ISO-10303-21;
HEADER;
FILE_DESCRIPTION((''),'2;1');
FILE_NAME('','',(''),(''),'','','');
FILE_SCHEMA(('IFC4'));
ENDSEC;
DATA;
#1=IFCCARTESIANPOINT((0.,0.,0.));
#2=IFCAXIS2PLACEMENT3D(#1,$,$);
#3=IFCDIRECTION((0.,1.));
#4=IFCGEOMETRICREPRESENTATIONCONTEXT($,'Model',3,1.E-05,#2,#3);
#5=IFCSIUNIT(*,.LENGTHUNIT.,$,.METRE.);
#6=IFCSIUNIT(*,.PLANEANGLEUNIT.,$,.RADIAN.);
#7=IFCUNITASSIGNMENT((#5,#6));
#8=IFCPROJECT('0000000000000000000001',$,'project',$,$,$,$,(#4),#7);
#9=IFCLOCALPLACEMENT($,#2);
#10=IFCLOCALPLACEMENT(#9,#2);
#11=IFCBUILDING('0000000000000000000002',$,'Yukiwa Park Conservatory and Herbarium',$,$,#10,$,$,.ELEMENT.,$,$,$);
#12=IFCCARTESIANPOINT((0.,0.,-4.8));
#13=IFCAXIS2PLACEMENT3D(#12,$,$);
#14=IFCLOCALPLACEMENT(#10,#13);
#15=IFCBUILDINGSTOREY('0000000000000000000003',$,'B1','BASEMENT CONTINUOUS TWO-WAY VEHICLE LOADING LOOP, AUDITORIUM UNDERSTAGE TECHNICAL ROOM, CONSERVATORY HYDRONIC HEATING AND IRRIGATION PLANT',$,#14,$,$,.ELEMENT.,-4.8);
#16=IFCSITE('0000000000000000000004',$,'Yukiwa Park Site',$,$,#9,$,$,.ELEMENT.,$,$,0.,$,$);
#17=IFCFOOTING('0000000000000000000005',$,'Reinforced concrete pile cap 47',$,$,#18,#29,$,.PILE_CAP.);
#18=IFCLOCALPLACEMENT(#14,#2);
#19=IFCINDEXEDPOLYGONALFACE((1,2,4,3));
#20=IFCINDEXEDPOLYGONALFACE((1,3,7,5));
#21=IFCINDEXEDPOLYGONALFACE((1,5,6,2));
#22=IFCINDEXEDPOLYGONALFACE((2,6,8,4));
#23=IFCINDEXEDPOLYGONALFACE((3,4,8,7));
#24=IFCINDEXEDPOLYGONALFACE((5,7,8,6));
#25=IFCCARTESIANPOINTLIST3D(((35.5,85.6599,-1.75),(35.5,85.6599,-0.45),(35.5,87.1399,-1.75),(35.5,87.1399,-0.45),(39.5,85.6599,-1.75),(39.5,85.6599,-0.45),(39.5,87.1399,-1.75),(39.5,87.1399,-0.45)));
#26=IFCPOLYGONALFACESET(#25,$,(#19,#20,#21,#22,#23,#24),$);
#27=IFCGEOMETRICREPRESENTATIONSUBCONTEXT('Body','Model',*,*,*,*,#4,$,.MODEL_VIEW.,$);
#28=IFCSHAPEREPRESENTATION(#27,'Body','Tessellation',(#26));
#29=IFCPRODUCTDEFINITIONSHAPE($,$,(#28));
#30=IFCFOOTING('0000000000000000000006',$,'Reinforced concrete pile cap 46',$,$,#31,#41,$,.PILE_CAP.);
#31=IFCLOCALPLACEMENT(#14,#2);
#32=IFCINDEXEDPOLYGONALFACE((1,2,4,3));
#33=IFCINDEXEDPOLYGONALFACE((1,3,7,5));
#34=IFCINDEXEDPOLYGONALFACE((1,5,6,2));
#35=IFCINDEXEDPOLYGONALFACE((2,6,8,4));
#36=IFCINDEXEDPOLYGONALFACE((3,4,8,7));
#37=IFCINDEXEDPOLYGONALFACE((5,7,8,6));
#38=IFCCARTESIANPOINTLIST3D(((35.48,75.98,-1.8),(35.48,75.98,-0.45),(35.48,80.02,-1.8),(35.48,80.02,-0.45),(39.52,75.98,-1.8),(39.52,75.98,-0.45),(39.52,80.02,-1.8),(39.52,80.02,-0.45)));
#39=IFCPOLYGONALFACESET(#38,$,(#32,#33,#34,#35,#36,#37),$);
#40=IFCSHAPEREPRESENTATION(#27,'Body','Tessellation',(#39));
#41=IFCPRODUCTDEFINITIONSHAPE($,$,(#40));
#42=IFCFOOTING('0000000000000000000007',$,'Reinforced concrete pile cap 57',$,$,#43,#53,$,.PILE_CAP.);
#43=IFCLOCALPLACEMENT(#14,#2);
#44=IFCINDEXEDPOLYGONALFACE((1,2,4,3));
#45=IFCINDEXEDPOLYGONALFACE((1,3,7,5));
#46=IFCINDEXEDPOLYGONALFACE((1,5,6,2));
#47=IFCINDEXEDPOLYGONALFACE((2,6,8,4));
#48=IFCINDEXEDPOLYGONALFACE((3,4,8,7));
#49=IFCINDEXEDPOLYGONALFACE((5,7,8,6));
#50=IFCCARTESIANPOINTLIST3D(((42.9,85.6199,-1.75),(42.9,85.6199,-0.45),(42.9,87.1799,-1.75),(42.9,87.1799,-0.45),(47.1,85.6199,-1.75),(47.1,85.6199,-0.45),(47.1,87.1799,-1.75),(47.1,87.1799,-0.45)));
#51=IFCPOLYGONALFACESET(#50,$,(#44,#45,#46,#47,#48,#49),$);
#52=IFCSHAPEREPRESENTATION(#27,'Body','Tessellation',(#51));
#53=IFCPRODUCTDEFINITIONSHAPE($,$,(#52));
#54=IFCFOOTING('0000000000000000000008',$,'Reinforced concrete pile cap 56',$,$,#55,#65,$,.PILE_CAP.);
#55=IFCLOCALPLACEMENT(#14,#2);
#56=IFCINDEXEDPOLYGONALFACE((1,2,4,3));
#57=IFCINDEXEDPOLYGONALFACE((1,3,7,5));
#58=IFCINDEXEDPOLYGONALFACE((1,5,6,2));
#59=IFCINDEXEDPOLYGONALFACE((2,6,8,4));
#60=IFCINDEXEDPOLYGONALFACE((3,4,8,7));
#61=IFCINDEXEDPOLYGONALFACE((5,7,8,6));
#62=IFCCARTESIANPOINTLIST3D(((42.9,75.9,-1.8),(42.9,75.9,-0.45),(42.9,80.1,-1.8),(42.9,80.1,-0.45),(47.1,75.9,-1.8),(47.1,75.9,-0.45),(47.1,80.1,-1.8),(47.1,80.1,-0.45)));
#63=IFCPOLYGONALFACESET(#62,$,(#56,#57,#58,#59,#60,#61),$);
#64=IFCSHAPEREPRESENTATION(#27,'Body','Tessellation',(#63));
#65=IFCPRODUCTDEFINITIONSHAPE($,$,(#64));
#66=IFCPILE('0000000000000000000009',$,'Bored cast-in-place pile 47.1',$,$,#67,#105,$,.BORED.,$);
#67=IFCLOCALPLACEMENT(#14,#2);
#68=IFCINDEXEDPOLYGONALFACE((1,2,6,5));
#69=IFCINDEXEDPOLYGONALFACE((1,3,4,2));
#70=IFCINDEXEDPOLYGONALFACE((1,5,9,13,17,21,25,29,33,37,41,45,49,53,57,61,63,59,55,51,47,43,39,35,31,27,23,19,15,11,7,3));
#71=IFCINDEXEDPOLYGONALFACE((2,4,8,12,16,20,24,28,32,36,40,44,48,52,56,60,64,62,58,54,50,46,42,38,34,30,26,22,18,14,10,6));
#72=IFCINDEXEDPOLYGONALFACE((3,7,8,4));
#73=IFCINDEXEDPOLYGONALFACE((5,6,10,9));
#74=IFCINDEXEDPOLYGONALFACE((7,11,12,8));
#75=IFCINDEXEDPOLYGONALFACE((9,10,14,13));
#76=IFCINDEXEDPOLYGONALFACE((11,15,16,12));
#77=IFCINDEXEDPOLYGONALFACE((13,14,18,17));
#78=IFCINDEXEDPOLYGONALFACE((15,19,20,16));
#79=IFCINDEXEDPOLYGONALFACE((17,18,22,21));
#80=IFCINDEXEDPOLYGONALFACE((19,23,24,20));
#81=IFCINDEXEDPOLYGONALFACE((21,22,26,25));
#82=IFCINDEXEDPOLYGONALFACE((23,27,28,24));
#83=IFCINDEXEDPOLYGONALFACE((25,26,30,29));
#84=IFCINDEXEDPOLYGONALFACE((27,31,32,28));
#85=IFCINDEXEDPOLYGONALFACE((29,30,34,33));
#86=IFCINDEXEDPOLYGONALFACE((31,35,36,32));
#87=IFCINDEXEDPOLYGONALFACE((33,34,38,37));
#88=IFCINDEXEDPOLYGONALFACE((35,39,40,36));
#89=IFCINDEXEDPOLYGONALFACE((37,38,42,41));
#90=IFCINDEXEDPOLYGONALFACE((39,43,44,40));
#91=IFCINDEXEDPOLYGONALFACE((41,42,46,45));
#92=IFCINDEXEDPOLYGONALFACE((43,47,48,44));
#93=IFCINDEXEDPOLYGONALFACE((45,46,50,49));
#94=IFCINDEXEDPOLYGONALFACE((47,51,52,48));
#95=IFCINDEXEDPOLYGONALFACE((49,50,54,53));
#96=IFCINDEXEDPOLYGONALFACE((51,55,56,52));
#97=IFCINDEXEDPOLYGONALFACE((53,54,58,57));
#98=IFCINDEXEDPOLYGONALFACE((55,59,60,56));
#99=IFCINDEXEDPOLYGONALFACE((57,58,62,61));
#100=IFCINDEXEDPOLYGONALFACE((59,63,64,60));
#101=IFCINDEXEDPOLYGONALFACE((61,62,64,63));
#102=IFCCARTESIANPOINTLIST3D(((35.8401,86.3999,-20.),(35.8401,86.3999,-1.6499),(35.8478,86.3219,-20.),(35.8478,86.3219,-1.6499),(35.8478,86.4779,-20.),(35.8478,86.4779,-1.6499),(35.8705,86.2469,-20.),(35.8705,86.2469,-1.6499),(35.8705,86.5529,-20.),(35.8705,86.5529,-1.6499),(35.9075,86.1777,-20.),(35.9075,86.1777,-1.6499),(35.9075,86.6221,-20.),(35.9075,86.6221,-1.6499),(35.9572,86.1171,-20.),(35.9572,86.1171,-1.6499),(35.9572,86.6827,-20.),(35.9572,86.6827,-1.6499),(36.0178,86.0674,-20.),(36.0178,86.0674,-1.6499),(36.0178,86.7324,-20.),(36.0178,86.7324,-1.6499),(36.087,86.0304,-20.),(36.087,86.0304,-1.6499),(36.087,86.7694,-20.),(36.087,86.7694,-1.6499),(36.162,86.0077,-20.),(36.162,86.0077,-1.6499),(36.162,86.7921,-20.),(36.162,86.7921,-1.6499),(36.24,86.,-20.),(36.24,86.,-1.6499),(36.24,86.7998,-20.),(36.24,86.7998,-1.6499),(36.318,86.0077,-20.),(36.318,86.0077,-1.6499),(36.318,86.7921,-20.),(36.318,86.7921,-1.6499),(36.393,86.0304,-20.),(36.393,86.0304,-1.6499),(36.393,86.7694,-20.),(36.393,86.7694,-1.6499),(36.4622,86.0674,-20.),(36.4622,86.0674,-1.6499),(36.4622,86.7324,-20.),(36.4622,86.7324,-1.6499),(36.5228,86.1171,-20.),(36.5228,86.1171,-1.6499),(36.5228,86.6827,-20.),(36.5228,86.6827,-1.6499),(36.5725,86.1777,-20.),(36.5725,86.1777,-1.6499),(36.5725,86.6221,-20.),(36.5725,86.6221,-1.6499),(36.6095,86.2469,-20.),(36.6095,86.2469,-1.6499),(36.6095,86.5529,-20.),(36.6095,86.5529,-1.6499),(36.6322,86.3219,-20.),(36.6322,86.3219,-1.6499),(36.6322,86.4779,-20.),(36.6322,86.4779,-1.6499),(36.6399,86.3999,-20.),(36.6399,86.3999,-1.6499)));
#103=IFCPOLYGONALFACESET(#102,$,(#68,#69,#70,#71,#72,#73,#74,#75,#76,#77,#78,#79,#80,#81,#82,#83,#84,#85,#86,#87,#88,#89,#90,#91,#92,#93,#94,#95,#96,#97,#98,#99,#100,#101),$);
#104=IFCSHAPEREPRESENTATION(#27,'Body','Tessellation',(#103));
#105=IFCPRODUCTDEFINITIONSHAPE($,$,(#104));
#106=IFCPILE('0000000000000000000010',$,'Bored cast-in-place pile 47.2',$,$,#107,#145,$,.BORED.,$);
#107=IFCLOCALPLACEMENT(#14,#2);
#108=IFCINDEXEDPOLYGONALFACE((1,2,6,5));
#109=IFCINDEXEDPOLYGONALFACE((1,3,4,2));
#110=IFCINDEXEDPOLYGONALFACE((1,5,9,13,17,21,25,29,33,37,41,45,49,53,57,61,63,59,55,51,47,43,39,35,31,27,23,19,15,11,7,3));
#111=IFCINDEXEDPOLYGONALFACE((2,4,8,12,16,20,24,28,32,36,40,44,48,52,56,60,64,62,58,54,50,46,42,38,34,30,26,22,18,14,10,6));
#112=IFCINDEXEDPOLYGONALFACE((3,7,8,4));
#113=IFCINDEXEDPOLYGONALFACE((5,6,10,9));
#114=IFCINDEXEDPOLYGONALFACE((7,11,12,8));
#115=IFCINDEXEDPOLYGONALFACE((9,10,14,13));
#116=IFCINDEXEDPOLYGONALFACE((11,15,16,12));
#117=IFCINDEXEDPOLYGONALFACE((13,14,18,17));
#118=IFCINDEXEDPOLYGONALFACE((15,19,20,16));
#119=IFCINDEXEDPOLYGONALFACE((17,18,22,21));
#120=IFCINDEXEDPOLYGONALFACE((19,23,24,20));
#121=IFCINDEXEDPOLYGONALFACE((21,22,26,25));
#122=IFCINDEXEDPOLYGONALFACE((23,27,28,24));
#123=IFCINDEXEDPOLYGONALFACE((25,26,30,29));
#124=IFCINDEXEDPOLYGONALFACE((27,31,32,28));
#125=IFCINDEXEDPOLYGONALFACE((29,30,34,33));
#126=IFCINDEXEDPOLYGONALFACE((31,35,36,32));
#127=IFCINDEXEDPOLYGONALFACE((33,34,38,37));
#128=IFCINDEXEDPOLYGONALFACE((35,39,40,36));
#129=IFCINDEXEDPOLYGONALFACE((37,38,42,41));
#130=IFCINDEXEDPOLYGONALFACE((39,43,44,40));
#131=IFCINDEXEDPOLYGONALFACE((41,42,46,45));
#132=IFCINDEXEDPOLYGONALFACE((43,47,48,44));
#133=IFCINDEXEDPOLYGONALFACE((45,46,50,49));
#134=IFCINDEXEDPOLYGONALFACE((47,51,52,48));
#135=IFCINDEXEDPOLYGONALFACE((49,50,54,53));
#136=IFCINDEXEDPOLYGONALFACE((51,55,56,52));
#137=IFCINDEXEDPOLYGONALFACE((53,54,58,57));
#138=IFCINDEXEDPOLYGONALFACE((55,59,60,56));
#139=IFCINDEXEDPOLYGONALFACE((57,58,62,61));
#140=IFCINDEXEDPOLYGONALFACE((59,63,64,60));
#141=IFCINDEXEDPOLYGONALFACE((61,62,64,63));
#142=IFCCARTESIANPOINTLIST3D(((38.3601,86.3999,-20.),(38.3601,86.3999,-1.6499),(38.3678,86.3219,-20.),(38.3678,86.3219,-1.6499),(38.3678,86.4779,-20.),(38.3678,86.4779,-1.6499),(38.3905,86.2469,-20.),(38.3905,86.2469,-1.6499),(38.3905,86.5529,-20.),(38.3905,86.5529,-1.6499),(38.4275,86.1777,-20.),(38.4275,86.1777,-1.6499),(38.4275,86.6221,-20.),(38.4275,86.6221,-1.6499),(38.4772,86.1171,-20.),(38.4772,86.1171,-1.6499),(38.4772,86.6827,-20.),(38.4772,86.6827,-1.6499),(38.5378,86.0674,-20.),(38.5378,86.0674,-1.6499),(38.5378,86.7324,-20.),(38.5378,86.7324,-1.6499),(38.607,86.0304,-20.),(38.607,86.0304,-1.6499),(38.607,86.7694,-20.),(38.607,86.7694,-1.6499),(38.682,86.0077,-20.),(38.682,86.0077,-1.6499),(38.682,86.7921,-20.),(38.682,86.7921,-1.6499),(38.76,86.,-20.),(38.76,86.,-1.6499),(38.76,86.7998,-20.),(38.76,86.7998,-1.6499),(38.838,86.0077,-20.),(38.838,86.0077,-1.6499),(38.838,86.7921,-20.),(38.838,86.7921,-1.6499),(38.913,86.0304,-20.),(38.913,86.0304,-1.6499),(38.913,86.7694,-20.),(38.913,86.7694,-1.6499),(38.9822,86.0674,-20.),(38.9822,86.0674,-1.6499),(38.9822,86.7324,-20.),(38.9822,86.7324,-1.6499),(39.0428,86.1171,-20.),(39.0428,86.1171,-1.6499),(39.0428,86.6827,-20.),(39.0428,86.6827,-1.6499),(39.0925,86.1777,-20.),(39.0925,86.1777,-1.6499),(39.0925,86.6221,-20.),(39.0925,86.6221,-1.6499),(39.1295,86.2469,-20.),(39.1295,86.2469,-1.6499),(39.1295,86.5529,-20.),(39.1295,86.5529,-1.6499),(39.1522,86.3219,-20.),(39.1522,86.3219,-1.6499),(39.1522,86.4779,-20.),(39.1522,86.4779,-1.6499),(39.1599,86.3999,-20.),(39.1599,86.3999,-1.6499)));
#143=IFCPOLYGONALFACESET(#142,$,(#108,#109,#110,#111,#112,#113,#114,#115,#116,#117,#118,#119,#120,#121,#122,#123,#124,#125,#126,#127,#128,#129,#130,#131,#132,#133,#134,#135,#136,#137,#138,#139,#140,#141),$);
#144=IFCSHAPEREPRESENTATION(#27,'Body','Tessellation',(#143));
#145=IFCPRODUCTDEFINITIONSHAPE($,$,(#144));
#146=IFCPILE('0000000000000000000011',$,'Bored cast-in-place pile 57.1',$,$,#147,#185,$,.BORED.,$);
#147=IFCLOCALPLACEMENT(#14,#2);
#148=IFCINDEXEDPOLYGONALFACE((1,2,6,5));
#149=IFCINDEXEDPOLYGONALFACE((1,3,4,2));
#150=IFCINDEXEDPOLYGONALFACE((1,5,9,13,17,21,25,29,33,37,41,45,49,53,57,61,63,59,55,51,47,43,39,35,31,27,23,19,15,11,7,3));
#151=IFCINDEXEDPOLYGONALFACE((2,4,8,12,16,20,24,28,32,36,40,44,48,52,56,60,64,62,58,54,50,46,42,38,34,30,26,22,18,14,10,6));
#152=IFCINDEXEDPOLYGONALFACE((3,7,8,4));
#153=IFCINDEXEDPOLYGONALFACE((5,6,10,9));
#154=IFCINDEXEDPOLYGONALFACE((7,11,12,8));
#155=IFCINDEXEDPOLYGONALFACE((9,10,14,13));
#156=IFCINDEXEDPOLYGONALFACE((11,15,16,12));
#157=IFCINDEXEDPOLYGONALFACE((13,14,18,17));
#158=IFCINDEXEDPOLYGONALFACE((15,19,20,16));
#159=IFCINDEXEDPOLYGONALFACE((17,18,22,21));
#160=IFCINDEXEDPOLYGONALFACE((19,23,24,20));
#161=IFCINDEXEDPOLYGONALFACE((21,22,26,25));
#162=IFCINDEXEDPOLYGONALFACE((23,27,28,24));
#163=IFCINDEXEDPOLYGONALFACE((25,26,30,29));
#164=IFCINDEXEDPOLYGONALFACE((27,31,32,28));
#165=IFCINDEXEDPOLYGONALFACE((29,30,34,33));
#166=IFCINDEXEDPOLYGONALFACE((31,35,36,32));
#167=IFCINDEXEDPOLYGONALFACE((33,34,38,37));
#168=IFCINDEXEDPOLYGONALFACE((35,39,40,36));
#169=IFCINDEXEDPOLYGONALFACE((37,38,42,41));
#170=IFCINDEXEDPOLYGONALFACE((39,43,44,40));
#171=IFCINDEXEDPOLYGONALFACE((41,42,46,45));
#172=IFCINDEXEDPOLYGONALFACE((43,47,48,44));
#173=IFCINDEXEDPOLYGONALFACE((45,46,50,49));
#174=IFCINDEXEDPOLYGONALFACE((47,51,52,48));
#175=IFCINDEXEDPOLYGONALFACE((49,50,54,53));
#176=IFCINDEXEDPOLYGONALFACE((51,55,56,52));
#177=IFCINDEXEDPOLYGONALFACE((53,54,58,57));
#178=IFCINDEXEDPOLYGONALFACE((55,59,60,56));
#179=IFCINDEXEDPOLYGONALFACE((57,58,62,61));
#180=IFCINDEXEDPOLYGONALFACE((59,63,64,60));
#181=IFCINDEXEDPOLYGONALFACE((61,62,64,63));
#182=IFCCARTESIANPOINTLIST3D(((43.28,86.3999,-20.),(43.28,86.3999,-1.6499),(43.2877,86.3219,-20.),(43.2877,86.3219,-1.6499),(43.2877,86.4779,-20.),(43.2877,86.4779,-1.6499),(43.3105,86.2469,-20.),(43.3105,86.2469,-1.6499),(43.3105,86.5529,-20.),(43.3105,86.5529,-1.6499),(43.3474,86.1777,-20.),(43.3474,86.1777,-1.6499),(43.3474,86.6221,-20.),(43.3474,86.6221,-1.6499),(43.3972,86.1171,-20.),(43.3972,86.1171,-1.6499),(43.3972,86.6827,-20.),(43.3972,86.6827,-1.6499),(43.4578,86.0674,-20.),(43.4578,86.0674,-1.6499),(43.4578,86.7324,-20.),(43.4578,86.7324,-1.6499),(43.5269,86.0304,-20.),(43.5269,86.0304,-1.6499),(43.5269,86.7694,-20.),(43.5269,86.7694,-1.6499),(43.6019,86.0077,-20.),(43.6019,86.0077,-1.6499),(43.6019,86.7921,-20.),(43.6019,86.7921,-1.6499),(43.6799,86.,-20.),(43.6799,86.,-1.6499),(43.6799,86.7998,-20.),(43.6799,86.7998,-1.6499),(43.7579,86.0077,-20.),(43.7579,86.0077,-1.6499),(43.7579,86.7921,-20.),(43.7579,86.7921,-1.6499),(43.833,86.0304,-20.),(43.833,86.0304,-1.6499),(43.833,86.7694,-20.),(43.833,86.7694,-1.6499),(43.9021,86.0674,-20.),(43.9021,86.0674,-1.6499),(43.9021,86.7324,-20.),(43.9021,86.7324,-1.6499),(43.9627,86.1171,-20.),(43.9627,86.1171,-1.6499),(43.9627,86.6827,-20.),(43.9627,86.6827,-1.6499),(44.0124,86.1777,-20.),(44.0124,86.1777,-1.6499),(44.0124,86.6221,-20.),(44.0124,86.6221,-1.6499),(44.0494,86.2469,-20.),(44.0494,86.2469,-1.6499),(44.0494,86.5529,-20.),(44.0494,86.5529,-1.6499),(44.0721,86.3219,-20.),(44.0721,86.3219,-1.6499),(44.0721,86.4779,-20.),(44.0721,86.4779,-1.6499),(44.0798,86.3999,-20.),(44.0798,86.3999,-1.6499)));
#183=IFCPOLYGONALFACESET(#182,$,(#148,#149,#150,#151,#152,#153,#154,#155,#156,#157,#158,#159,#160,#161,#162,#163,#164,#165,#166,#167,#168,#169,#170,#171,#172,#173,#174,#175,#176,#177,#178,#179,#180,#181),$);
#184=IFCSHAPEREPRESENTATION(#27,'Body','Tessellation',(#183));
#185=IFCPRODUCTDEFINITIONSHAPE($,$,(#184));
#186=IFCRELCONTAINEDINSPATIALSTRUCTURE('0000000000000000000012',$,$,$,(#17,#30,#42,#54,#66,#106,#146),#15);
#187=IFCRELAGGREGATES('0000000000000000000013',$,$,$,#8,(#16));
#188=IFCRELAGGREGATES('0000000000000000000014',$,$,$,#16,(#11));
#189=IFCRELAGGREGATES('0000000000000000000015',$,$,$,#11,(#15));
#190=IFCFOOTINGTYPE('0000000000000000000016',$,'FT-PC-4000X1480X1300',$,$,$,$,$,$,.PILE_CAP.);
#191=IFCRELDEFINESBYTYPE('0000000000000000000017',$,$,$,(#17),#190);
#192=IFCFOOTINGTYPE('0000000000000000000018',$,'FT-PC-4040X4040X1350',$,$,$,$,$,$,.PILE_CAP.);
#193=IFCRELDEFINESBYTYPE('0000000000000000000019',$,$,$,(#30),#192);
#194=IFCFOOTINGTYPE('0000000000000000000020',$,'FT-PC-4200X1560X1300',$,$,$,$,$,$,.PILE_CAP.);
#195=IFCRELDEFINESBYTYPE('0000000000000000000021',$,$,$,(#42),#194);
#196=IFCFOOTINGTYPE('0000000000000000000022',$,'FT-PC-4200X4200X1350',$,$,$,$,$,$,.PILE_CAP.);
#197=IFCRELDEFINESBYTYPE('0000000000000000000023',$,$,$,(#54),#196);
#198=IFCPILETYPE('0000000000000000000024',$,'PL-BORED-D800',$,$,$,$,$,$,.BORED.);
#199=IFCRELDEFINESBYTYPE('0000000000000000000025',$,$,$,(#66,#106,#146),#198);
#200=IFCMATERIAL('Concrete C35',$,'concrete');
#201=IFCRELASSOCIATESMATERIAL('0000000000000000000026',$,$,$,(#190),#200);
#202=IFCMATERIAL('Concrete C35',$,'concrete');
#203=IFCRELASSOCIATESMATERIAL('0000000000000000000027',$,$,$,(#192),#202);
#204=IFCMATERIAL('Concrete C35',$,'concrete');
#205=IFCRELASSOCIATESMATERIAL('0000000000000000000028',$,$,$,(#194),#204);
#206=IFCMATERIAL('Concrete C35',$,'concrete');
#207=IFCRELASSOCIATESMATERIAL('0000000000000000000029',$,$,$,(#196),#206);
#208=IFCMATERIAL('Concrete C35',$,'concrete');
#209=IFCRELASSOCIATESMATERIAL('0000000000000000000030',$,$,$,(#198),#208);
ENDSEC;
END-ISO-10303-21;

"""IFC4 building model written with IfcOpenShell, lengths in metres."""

from ifc_helpers import new_model, si_unit, direction, frame, origin, origin_2d, place, context, subcontext, project, spatial, rectangle, circle, extrude, material, material_profile, profile_set, type_object, element, save


model = new_model("IFC4")

# Units and contexts
model_context = context("Model", 3, precision=1e-05, world=origin(), true_north=direction((0.0, 1.0)))
body_context = subcontext(model_context, "Body", "Model", "MODEL_VIEW")
ifc_project = project(units=[si_unit("LENGTHUNIT", "METRE"), si_unit("PLANEANGLEUNIT", "RADIAN")], contexts=[model_context])

# Site, building, storey
site_placement = place(None, origin())
site = spatial("IfcSite", under=ifc_project, at=site_placement, Name="Yukiwa Park Site", CompositionType="ELEMENT", RefElevation=0.0)
building_placement = place(site_placement, origin())
building = spatial("IfcBuilding", under=site, at=building_placement, Name="Yukiwa Park Conservatory and Herbarium", CompositionType="ELEMENT")
storey_placement = place(building_placement, frame((0.0, 0.0, -4.8)))
storey = spatial("IfcBuildingStorey", under=building, at=storey_placement, Name="B1", Description="BASEMENT CONTINUOUS TWO-WAY VEHICLE LOADING LOOP, AUDITORIUM UNDERSTAGE TECHNICAL ROOM, CONSERVATORY HYDRONIC HEATING AND IRRIGATION PLANT", CompositionType="ELEMENT", Elevation=-4.8)

# Footings
ifc_material_1 = material(Name="Concrete C35", Category="concrete")
footing_type_1 = type_object("IfcFootingType", Name="FT-PC-4000X1480X1300", PredefinedType="PILE_CAP", material=ifc_material_1)
footing_1_placement = place(storey_placement, frame((37.5, 86.3999, -1.75), z_axis=(0.0, 0.0, 1.0), x_axis=(1.0, 0.0, 0.0)))
element("IfcFooting", 1, at=footing_1_placement, inside=storey, type_object=footing_type_1, Name="Reinforced concrete pile cap 47", PredefinedType="PILE_CAP", context=body_context, shape_type="SweptSolid", body=[
    extrude(rectangle(XDim=4.0, YDim=1.48, at=origin_2d()), origin(), (0.0, 0.0, 1.0), 1.3),
])
ifc_material_2 = material(Name="Concrete C35", Category="concrete")
footing_type_2 = type_object("IfcFootingType", Name="FT-PC-4040X4040X1350", PredefinedType="PILE_CAP", material=ifc_material_2)
footing_2_placement = place(storey_placement, frame((37.5, 78.0, -1.8), z_axis=(0.0, 0.0, 1.0), x_axis=(1.0, 0.0, 0.0)))
element("IfcFooting", 2, at=footing_2_placement, inside=storey, type_object=footing_type_2, Name="Reinforced concrete pile cap 46", PredefinedType="PILE_CAP", context=body_context, shape_type="SweptSolid", body=[
    extrude(rectangle(XDim=4.04, YDim=4.04, at=origin_2d()), origin(), (0.0, 0.0, 1.0), 1.3501),
])
ifc_material_3 = material(Name="Concrete C35", Category="concrete")
footing_type_3 = type_object("IfcFootingType", Name="FT-PC-4200X1560X1300", PredefinedType="PILE_CAP", material=ifc_material_3)
footing_3_placement = place(storey_placement, frame((45.0, 86.3999, -1.75), z_axis=(0.0, 0.0, 1.0), x_axis=(1.0, 0.0, 0.0)))
element("IfcFooting", 3, at=footing_3_placement, inside=storey, type_object=footing_type_3, Name="Reinforced concrete pile cap 57", PredefinedType="PILE_CAP", context=body_context, shape_type="SweptSolid", body=[
    extrude(rectangle(XDim=4.2, YDim=1.5601, at=origin_2d()), origin(), (0.0, 0.0, 1.0), 1.3),
])
ifc_material_4 = material(Name="Concrete C35", Category="concrete")
footing_type_4 = type_object("IfcFootingType", Name="FT-PC-4200X4200X1350", PredefinedType="PILE_CAP", material=ifc_material_4)
footing_4_placement = place(storey_placement, frame((45.0, 78.0, -1.8), z_axis=(0.0, 0.0, 1.0), x_axis=(1.0, 0.0, 0.0)))
element("IfcFooting", 4, at=footing_4_placement, inside=storey, type_object=footing_type_4, Name="Reinforced concrete pile cap 56", PredefinedType="PILE_CAP", context=body_context, shape_type="SweptSolid", body=[
    extrude(rectangle(XDim=4.2, YDim=4.2, at=origin_2d()), origin(), (0.0, 0.0, 1.0), 1.3501),
])

# Piles
ifc_material_5 = material(Name="Concrete C35", Category="concrete")
ifc_material_profile_1 = material_profile(ifc_material_5, circle(Radius=0.3999, at=origin_2d()), Name="PILE D800")
ifc_profile_set_1 = profile_set([ifc_material_profile_1], Name="Concrete C35")
pile_type_1 = type_object("IfcPileType", Name="PL-BORED-D800", PredefinedType="BORED", material=ifc_profile_set_1)
for number, where, z_axis, x_axis, name in (
    (5, (36.24, 86.3999, -1.6499), (0.0, 0.0, -1.0), (1.0, 0.0, 0.0), "Bored cast-in-place pile 47.1"),
    (6, (38.76, 86.3999, -1.6499), (0.0, 0.0, -1.0), (1.0, 0.0, 0.0), "Bored cast-in-place pile 47.2"),
    (7, (43.6799, 86.3999, -1.6499), (0.0, 0.0, -1.0), (1.0, 0.0, 0.0), "Bored cast-in-place pile 57.1"),
):
    element("IfcPile", number, at=place(storey_placement, frame(where, z_axis=z_axis, x_axis=x_axis)), inside=storey, type_object=pile_type_1, Name=name, PredefinedType="BORED", context=body_context, shape_type="SweptSolid", body=[
        extrude(circle(Radius=0.3999, at=origin_2d()), origin(), (0.0, 0.0, 1.0), 18.3501),
    ])

save(model, "model.ifc")
